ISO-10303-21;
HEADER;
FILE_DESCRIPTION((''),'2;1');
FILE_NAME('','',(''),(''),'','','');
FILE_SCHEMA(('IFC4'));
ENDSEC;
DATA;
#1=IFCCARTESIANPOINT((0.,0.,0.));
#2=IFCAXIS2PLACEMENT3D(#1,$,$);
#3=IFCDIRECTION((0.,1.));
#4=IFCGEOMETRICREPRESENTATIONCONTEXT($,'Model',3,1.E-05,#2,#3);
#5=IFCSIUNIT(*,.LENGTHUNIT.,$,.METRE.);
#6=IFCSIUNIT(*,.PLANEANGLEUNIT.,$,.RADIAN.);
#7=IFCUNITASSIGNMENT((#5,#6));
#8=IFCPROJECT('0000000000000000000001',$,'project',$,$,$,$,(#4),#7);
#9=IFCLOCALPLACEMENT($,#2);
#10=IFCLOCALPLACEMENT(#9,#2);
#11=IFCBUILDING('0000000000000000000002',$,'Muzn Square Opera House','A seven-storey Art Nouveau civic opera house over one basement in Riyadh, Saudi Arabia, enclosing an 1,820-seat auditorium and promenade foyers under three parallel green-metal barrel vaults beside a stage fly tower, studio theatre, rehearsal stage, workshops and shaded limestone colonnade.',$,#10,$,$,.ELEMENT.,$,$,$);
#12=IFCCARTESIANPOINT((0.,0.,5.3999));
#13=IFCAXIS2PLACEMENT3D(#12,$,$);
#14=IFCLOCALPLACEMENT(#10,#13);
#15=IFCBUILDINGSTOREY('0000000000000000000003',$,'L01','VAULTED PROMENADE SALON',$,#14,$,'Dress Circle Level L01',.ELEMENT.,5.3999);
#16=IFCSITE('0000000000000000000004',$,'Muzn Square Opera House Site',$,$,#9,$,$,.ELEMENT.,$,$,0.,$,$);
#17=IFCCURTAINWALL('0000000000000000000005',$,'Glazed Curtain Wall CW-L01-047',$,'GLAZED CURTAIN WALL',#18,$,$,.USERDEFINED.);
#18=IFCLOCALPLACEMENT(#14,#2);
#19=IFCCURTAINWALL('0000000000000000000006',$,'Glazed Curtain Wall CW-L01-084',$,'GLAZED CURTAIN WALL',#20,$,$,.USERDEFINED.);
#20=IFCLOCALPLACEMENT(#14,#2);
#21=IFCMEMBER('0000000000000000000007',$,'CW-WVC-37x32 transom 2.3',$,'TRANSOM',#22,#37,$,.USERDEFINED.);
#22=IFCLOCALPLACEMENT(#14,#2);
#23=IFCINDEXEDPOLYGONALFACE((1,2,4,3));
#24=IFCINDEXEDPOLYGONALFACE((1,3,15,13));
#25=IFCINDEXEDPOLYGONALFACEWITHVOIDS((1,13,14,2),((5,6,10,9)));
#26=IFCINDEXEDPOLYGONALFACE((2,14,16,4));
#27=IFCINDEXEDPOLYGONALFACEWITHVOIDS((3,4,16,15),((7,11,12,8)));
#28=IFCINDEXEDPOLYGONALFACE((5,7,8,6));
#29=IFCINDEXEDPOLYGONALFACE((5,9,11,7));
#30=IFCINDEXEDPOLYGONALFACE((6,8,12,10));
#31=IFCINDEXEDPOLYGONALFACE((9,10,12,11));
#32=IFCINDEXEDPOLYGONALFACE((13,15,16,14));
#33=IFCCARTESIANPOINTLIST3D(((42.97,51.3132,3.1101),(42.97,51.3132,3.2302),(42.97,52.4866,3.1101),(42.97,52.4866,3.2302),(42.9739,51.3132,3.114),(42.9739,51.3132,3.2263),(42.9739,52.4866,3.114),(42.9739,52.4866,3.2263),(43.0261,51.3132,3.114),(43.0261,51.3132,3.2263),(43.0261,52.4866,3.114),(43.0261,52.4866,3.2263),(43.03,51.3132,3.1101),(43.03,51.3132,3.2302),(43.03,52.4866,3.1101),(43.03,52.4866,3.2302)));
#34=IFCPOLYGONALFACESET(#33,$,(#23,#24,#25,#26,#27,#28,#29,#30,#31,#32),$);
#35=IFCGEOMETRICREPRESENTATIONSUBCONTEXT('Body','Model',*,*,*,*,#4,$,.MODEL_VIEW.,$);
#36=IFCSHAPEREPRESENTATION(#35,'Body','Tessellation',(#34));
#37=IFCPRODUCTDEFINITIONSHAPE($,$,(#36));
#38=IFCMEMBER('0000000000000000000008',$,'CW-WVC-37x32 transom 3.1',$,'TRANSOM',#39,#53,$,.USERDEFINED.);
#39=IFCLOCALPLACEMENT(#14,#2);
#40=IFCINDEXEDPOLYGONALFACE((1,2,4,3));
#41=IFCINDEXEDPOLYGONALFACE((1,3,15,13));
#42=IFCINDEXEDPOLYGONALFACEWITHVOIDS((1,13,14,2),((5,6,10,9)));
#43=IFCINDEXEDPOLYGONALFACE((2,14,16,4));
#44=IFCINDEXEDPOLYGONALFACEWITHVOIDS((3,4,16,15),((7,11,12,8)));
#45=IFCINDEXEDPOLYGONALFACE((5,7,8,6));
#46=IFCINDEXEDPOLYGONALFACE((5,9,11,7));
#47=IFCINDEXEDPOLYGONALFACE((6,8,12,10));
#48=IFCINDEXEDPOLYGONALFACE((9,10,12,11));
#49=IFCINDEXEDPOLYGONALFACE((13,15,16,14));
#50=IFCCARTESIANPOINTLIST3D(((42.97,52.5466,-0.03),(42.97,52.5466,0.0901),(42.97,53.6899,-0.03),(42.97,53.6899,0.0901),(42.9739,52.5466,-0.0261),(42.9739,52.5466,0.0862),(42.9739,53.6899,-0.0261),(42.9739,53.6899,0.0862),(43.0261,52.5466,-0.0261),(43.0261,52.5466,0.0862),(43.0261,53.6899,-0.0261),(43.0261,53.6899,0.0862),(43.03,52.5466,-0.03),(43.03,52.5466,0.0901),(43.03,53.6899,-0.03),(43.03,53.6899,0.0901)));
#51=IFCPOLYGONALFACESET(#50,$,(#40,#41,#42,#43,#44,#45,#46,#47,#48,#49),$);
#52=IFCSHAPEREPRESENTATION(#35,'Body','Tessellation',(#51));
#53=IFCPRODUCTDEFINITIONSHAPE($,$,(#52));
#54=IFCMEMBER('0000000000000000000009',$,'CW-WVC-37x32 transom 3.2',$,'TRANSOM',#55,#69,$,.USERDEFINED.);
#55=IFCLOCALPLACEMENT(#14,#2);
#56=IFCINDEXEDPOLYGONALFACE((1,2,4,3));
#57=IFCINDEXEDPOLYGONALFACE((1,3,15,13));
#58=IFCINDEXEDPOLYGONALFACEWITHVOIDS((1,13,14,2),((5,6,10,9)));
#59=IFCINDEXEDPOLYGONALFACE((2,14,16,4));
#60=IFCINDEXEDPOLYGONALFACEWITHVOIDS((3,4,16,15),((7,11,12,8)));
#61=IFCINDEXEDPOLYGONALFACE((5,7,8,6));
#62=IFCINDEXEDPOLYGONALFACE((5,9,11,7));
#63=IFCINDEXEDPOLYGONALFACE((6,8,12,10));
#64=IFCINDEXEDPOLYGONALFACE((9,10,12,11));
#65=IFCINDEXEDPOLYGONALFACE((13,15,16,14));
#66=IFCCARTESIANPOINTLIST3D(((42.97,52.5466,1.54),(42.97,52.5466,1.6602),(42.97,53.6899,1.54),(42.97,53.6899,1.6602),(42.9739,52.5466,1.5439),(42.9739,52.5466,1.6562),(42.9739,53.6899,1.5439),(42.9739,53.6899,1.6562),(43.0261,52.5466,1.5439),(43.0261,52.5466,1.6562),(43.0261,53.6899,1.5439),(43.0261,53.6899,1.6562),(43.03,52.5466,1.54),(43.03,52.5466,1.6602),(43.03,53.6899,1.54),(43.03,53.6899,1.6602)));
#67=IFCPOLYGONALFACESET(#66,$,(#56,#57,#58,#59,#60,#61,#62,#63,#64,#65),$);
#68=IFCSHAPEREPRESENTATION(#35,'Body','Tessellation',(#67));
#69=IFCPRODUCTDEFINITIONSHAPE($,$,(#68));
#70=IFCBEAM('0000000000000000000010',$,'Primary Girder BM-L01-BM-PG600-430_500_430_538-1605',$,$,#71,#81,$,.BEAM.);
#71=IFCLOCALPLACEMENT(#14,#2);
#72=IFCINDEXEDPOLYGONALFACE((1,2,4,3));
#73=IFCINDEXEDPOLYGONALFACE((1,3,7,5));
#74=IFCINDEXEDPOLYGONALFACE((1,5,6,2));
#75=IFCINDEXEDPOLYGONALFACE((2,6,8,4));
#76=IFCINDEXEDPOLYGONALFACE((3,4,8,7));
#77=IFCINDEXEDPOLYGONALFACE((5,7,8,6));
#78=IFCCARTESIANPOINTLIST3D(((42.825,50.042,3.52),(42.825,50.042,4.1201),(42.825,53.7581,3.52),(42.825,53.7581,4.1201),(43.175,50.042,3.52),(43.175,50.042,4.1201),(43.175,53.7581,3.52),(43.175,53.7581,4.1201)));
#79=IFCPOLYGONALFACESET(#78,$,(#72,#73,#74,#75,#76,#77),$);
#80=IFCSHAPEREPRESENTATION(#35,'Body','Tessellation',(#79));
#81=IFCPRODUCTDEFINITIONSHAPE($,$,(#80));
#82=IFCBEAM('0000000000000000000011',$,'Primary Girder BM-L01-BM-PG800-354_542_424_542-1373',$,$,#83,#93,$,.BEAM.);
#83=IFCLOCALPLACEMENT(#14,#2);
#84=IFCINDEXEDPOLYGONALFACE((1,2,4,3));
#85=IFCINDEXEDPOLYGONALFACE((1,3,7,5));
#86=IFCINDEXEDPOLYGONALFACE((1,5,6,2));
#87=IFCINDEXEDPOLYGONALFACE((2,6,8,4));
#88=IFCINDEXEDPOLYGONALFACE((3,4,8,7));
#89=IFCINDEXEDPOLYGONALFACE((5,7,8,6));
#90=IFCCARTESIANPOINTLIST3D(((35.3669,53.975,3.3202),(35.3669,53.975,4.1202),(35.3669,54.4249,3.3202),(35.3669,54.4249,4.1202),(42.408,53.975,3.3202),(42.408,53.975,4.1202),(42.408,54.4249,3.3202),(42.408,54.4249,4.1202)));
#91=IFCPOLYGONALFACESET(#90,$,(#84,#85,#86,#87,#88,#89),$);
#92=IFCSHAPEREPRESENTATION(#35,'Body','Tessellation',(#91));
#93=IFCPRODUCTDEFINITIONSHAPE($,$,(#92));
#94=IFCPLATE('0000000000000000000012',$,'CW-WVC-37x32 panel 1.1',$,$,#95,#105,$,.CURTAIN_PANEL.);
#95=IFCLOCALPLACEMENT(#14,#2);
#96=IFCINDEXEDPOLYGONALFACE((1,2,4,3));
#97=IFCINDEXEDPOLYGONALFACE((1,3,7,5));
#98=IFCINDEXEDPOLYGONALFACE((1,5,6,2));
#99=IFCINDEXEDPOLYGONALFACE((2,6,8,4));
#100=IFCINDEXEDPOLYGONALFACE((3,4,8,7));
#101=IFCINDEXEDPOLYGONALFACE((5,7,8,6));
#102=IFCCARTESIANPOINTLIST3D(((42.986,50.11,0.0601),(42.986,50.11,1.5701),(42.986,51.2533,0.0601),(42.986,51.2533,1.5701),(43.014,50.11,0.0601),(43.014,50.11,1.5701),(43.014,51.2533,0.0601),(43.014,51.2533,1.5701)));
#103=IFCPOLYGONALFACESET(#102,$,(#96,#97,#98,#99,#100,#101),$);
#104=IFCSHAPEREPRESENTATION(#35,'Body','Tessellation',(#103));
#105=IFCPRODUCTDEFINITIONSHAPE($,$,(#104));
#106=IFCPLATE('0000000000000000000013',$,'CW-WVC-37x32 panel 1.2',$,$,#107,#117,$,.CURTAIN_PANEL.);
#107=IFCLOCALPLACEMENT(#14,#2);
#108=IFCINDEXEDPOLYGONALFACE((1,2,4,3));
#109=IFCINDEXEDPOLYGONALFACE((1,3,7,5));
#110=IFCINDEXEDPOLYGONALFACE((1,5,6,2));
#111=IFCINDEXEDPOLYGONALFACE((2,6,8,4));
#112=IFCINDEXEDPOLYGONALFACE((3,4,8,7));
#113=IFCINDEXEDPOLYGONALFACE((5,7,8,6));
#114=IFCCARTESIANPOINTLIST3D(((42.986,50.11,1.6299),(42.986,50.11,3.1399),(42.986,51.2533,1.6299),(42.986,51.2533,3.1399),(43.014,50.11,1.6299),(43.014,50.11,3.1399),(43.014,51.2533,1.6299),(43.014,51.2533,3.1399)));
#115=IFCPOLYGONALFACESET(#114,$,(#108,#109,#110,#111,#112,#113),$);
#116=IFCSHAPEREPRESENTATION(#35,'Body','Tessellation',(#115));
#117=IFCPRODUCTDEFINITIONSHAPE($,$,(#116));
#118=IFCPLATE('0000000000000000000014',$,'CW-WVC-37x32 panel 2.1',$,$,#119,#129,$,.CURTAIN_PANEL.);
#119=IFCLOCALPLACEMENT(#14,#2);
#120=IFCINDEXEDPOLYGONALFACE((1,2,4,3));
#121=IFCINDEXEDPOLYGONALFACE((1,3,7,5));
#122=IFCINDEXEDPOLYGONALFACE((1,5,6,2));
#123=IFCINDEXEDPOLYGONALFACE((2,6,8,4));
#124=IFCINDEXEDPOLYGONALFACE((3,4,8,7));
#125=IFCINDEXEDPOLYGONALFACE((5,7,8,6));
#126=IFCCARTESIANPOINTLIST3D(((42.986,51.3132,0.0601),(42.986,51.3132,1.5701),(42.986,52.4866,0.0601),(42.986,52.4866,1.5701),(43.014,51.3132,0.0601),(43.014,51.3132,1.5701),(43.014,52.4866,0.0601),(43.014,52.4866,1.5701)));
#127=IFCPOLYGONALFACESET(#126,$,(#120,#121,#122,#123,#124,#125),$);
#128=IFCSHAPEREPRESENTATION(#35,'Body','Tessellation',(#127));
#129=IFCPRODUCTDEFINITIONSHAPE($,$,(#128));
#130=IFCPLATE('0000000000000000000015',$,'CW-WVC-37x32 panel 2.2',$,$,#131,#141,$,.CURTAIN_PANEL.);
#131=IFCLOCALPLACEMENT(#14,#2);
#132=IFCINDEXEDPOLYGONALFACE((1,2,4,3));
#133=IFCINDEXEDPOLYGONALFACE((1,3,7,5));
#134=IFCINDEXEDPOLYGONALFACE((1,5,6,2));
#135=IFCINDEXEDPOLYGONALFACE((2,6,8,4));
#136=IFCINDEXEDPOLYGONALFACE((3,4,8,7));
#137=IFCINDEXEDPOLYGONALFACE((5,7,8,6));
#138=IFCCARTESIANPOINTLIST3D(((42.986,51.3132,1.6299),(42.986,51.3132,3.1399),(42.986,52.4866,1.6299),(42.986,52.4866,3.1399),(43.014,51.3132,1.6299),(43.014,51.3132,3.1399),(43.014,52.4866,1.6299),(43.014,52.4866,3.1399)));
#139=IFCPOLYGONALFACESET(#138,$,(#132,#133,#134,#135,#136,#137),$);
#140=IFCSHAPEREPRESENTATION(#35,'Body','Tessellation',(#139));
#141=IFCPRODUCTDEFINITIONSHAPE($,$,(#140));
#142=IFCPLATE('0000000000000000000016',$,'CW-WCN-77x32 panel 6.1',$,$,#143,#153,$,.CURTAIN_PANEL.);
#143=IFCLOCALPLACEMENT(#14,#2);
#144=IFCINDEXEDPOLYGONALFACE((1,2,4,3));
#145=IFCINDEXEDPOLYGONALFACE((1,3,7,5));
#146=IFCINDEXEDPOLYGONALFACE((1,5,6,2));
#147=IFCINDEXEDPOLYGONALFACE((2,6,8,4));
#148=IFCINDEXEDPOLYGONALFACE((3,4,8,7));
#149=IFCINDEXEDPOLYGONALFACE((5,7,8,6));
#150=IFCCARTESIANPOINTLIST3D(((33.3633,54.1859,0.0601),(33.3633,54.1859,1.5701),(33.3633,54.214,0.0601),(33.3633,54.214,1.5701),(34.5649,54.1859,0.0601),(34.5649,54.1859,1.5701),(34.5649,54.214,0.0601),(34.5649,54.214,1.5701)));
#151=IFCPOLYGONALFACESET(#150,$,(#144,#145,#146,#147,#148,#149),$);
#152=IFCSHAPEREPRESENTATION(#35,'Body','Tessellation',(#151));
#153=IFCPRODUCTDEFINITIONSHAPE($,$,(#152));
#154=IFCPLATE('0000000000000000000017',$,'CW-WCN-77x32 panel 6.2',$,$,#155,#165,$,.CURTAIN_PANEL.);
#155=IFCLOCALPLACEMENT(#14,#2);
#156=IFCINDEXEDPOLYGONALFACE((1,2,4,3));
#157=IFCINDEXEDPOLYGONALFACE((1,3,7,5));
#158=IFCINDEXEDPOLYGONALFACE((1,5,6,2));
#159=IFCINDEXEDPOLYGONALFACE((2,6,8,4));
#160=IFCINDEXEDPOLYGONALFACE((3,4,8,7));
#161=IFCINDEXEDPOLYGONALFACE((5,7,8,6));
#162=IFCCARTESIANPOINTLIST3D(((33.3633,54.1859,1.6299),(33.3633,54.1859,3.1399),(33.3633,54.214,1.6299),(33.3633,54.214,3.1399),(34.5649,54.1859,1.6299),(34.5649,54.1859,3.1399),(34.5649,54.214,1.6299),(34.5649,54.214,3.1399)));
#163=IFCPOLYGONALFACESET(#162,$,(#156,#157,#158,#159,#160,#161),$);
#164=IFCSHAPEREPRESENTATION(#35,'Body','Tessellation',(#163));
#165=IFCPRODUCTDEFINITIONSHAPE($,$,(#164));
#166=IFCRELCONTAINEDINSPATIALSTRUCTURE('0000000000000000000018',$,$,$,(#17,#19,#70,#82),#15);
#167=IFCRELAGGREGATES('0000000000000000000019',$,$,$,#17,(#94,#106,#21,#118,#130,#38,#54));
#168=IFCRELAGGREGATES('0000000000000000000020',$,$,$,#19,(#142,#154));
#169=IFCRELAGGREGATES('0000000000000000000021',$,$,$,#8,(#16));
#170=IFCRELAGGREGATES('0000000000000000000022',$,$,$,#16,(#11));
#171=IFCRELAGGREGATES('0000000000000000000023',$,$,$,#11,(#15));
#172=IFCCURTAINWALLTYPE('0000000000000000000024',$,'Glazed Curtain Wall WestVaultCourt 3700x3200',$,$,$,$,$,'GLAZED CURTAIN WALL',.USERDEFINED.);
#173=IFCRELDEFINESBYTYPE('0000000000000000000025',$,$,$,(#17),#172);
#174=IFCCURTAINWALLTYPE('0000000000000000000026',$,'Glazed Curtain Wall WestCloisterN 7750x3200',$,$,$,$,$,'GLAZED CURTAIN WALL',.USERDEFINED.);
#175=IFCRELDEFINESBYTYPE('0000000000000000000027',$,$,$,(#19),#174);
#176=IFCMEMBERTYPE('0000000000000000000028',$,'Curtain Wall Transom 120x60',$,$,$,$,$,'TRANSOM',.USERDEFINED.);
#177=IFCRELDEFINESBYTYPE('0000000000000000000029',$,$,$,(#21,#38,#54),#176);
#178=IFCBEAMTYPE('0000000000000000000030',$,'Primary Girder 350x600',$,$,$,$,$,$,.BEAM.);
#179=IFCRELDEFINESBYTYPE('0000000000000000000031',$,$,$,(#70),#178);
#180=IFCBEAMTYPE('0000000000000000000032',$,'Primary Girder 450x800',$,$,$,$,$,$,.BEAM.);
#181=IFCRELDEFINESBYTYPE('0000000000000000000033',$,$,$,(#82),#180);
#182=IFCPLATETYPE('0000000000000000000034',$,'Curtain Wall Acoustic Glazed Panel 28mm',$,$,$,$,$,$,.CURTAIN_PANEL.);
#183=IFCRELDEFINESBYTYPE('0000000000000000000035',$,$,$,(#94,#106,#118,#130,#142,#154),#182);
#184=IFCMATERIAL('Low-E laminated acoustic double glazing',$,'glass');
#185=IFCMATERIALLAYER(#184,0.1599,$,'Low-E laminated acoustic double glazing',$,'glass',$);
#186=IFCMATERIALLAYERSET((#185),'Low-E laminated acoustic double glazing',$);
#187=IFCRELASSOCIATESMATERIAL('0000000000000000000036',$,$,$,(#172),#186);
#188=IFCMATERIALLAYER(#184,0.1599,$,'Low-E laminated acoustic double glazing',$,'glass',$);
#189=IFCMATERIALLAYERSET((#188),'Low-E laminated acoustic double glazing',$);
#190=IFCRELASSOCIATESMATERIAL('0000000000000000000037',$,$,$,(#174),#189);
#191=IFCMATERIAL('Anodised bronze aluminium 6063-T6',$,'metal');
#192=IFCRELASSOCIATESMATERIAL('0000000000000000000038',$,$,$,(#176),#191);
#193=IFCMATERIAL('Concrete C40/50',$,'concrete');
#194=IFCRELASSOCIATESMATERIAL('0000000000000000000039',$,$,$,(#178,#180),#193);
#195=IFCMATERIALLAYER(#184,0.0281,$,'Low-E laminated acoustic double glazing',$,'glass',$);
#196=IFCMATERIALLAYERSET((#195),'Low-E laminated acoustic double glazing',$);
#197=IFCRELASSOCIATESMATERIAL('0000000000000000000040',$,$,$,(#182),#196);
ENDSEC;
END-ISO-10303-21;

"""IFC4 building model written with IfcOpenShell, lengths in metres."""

from ifc_helpers import new_model, si_unit, direction, frame, origin, origin_2d, place, context, subcontext, project, spatial, rectangle, hollow_rectangle, extrude, material, layer, layer_set, material_profile, profile_set, type_object, element, aggregate, save


model = new_model("IFC4")

# Units and contexts
model_context = context("Model", 3, precision=1e-05, world=origin(), true_north=direction((0.0, 1.0)))
body_context = subcontext(model_context, "Body", "Model", "MODEL_VIEW")
ifc_project = project(units=[si_unit("LENGTHUNIT", "METRE"), si_unit("PLANEANGLEUNIT", "RADIAN")], contexts=[model_context])

# Site, building, storey
site_placement = place(None, origin())
site = spatial("IfcSite", under=ifc_project, at=site_placement, Name="Muzn Square Opera House Site", CompositionType="ELEMENT", RefElevation=0.0)
building_placement = place(site_placement, origin())
building = spatial("IfcBuilding", under=site, at=building_placement, Name="Muzn Square Opera House", Description="A seven-storey Art Nouveau civic opera house over one basement in Riyadh, Saudi Arabia, enclosing an 1,820-seat auditorium and promenade foyers under three parallel green-metal barrel vaults beside a stage fly tower, studio theatre, rehearsal stage, workshops and shaded limestone colonnade.", CompositionType="ELEMENT")
storey_placement = place(building_placement, frame((0.0, 0.0, 5.3999)))
storey = spatial("IfcBuildingStorey", under=building, at=storey_placement, Name="L01", Description="VAULTED PROMENADE SALON", LongName="Dress Circle Level L01", CompositionType="ELEMENT", Elevation=5.3999)

# Curtain wall
ifc_material_1 = material(Name="Low-E laminated acoustic double glazing", Category="glass")
ifc_layer_1 = layer(ifc_material_1, 0.1599, Name="Low-E laminated acoustic double glazing", Category="glass")
ifc_layer_set_1 = layer_set([ifc_layer_1], Name="Low-E laminated acoustic double glazing")
curtain_wall_type_1 = type_object("IfcCurtainWallType", Name="Glazed Curtain Wall WestVaultCourt 3700x3200", ElementType="GLAZED CURTAIN WALL", PredefinedType="USERDEFINED", material=ifc_layer_set_1)
curtain_wall_1_placement = place(storey_placement, origin())
curtain_wall_1 = element("IfcCurtainWall", 1, at=curtain_wall_1_placement, inside=storey, type_object=curtain_wall_type_1, Name="Glazed Curtain Wall CW-L01-047", ObjectType="GLAZED CURTAIN WALL", PredefinedType="USERDEFINED")
ifc_material_2 = material(Name="Anodised bronze aluminium 6063-T6", Category="metal")

# Curtain wall
ifc_layer_2 = layer(ifc_material_1, 0.1599, Name="Low-E laminated acoustic double glazing", Category="glass")
ifc_layer_set_2 = layer_set([ifc_layer_2], Name="Low-E laminated acoustic double glazing")
curtain_wall_type_2 = type_object("IfcCurtainWallType", Name="Glazed Curtain Wall WestCloisterN 7750x3200", ElementType="GLAZED CURTAIN WALL", PredefinedType="USERDEFINED", material=ifc_layer_set_2)
curtain_wall_2_placement = place(storey_placement, origin())
curtain_wall_2 = element("IfcCurtainWall", 2, at=curtain_wall_2_placement, inside=storey, type_object=curtain_wall_type_2, Name="Glazed Curtain Wall CW-L01-084", ObjectType="GLAZED CURTAIN WALL", PredefinedType="USERDEFINED")

# Members
ifc_material_profile_1 = material_profile(ifc_material_2, hollow_rectangle(XDim=0.0601, YDim=0.1201, WallThickness=0.0039, at=origin_2d()), Name="ALU 120x60x4", Category="metal")
ifc_profile_set_1 = profile_set([ifc_material_profile_1], Name="Anodised bronze aluminium 6063-T6")
member_type_1 = type_object("IfcMemberType", Name="Curtain Wall Transom 120x60", ElementType="TRANSOM", PredefinedType="USERDEFINED", material=ifc_profile_set_1)
member_1_placement = place(storey_placement, frame((43.0, 51.3132, 3.1702), z_axis=(0.0, 1.0, 0.0), x_axis=(-1.0, 0.0, 0.0)))
member_1 = element("IfcMember", 3, at=member_1_placement, type_object=member_type_1, Name="CW-WVC-37x32 transom 2.3", ObjectType="TRANSOM", PredefinedType="USERDEFINED", context=body_context, shape_type="SweptSolid", body=[
    extrude(hollow_rectangle(XDim=0.0601, YDim=0.1201, WallThickness=0.0039, at=origin_2d()), origin(), (0.0, 0.0, 1.0), 1.1733),
])
member_2_placement = place(storey_placement, frame((43.0, 52.5466, 0.03), z_axis=(0.0, 1.0, 0.0), x_axis=(-1.0, 0.0, 0.0)))
member_2 = element("IfcMember", 4, at=member_2_placement, type_object=member_type_1, Name="CW-WVC-37x32 transom 3.1", ObjectType="TRANSOM", PredefinedType="USERDEFINED", context=body_context, shape_type="SweptSolid", body=[
    extrude(hollow_rectangle(XDim=0.0601, YDim=0.1201, WallThickness=0.0039, at=origin_2d()), origin(), (0.0, 0.0, 1.0), 1.1433),
])
member_3_placement = place(storey_placement, frame((43.0, 52.5466, 1.6001), z_axis=(0.0, 1.0, 0.0), x_axis=(-1.0, 0.0, 0.0)))
member_3 = element("IfcMember", 5, at=member_3_placement, type_object=member_type_1, Name="CW-WVC-37x32 transom 3.2", ObjectType="TRANSOM", PredefinedType="USERDEFINED", context=body_context, shape_type="SweptSolid", body=[
    extrude(hollow_rectangle(XDim=0.0601, YDim=0.1201, WallThickness=0.0039, at=origin_2d()), origin(), (0.0, 0.0, 1.0), 1.1433),
])

# Beams
ifc_material_3 = material(Name="Concrete C40/50", Category="concrete")
ifc_material_profile_2 = material_profile(ifc_material_3, rectangle(XDim=0.3501, YDim=0.6001, at=origin_2d()), Name="RCB 350x600", Category="concrete")
ifc_profile_set_2 = profile_set([ifc_material_profile_2], Name="Concrete C40/50")
beam_type_1 = type_object("IfcBeamType", Name="Primary Girder 350x600", PredefinedType="BEAM", material=ifc_profile_set_2)
beam_1_placement = place(storey_placement, frame((43.0, 50.042, 3.8201), z_axis=(0.0, 1.0, 0.0), x_axis=(-1.0, 0.0, 0.0)))
element("IfcBeam", 6, at=beam_1_placement, inside=storey, type_object=beam_type_1, Name="Primary Girder BM-L01-BM-PG600-430_500_430_538-1605", PredefinedType="BEAM", context=body_context, shape_type="SweptSolid", body=[
    extrude(rectangle(XDim=0.3501, YDim=0.6001, at=origin_2d()), origin(), (0.0, 0.0, 1.0), 3.7161),
])
ifc_material_profile_3 = material_profile(ifc_material_3, rectangle(XDim=0.45, YDim=0.8, at=origin_2d()), Name="RCB 450x800", Category="concrete")
ifc_profile_set_3 = profile_set([ifc_material_profile_3], Name="Concrete C40/50")
beam_type_2 = type_object("IfcBeamType", Name="Primary Girder 450x800", PredefinedType="BEAM", material=ifc_profile_set_3)
beam_2_placement = place(storey_placement, frame((35.3669, 54.2, 3.7202), z_axis=(1.0, 0.0, 0.0), x_axis=(0.0, 1.0, 0.0)))
element("IfcBeam", 7, at=beam_2_placement, inside=storey, type_object=beam_type_2, Name="Primary Girder BM-L01-BM-PG800-354_542_424_542-1373", PredefinedType="BEAM", context=body_context, shape_type="SweptSolid", body=[
    extrude(rectangle(XDim=0.45, YDim=0.8, at=origin_2d()), origin(), (0.0, 0.0, 1.0), 7.041),
])

# Plates
ifc_layer_3 = layer(ifc_material_1, 0.0281, Name="Low-E laminated acoustic double glazing", Category="glass")
ifc_layer_set_3 = layer_set([ifc_layer_3], Name="Low-E laminated acoustic double glazing")
plate_type = type_object("IfcPlateType", Name="Curtain Wall Acoustic Glazed Panel 28mm", PredefinedType="CURTAIN_PANEL", material=ifc_layer_set_3)
plate_1_placement = place(storey_placement, frame((43.0, 50.6816, 0.0601), z_axis=(0.0, 0.0, 1.0), x_axis=(0.0, 1.0, 0.0)))
plate_1 = element("IfcPlate", 8, at=plate_1_placement, type_object=plate_type, Name="CW-WVC-37x32 panel 1.1", PredefinedType="CURTAIN_PANEL", context=body_context, shape_type="SweptSolid", body=[
    extrude(rectangle(XDim=1.1433, YDim=0.0281, at=origin_2d()), origin(), (0.0, 0.0, 1.0), 1.51),
])
plate_2_placement = place(storey_placement, frame((43.0, 50.6816, 1.6299), z_axis=(0.0, 0.0, 1.0), x_axis=(0.0, 1.0, 0.0)))
plate_2 = element("IfcPlate", 9, at=plate_2_placement, type_object=plate_type, Name="CW-WVC-37x32 panel 1.2", PredefinedType="CURTAIN_PANEL", context=body_context, shape_type="SweptSolid", body=[
    extrude(rectangle(XDim=1.1433, YDim=0.0281, at=origin_2d()), origin(), (0.0, 0.0, 1.0), 1.51),
])
plate_3_placement = place(storey_placement, frame((43.0, 51.8999, 0.0601), z_axis=(0.0, 0.0, 1.0), x_axis=(0.0, 1.0, 0.0)))
plate_3 = element("IfcPlate", 10, at=plate_3_placement, type_object=plate_type, Name="CW-WVC-37x32 panel 2.1", PredefinedType="CURTAIN_PANEL", context=body_context, shape_type="SweptSolid", body=[
    extrude(rectangle(XDim=1.1733, YDim=0.0281, at=origin_2d()), origin(), (0.0, 0.0, 1.0), 1.51),
])
plate_4_placement = place(storey_placement, frame((43.0, 51.8999, 1.6299), z_axis=(0.0, 0.0, 1.0), x_axis=(0.0, 1.0, 0.0)))
plate_4 = element("IfcPlate", 11, at=plate_4_placement, type_object=plate_type, Name="CW-WVC-37x32 panel 2.2", PredefinedType="CURTAIN_PANEL", context=body_context, shape_type="SweptSolid", body=[
    extrude(rectangle(XDim=1.1733, YDim=0.0281, at=origin_2d()), origin(), (0.0, 0.0, 1.0), 1.51),
])
aggregate(curtain_wall_1, [plate_1, plate_2, member_1, plate_3, plate_4, member_2, member_3])
plate_5_placement = place(storey_placement, frame((33.9641, 54.2, 0.0601), z_axis=(0.0, 0.0, 1.0), x_axis=(1.0, 0.0, 0.0)))
plate_5 = element("IfcPlate", 12, at=plate_5_placement, type_object=plate_type, Name="CW-WCN-77x32 panel 6.1", PredefinedType="CURTAIN_PANEL", context=body_context, shape_type="SweptSolid", body=[
    extrude(rectangle(XDim=1.2017, YDim=0.0281, at=origin_2d()), origin(), (0.0, 0.0, 1.0), 1.51),
])
plate_6_placement = place(storey_placement, frame((33.9641, 54.2, 1.6299), z_axis=(0.0, 0.0, 1.0), x_axis=(1.0, 0.0, 0.0)))
plate_6 = element("IfcPlate", 13, at=plate_6_placement, type_object=plate_type, Name="CW-WCN-77x32 panel 6.2", PredefinedType="CURTAIN_PANEL", context=body_context, shape_type="SweptSolid", body=[
    extrude(rectangle(XDim=1.2017, YDim=0.0281, at=origin_2d()), origin(), (0.0, 0.0, 1.0), 1.51),
])
aggregate(curtain_wall_2, [plate_5, plate_6])

save(model, "model.ifc")
